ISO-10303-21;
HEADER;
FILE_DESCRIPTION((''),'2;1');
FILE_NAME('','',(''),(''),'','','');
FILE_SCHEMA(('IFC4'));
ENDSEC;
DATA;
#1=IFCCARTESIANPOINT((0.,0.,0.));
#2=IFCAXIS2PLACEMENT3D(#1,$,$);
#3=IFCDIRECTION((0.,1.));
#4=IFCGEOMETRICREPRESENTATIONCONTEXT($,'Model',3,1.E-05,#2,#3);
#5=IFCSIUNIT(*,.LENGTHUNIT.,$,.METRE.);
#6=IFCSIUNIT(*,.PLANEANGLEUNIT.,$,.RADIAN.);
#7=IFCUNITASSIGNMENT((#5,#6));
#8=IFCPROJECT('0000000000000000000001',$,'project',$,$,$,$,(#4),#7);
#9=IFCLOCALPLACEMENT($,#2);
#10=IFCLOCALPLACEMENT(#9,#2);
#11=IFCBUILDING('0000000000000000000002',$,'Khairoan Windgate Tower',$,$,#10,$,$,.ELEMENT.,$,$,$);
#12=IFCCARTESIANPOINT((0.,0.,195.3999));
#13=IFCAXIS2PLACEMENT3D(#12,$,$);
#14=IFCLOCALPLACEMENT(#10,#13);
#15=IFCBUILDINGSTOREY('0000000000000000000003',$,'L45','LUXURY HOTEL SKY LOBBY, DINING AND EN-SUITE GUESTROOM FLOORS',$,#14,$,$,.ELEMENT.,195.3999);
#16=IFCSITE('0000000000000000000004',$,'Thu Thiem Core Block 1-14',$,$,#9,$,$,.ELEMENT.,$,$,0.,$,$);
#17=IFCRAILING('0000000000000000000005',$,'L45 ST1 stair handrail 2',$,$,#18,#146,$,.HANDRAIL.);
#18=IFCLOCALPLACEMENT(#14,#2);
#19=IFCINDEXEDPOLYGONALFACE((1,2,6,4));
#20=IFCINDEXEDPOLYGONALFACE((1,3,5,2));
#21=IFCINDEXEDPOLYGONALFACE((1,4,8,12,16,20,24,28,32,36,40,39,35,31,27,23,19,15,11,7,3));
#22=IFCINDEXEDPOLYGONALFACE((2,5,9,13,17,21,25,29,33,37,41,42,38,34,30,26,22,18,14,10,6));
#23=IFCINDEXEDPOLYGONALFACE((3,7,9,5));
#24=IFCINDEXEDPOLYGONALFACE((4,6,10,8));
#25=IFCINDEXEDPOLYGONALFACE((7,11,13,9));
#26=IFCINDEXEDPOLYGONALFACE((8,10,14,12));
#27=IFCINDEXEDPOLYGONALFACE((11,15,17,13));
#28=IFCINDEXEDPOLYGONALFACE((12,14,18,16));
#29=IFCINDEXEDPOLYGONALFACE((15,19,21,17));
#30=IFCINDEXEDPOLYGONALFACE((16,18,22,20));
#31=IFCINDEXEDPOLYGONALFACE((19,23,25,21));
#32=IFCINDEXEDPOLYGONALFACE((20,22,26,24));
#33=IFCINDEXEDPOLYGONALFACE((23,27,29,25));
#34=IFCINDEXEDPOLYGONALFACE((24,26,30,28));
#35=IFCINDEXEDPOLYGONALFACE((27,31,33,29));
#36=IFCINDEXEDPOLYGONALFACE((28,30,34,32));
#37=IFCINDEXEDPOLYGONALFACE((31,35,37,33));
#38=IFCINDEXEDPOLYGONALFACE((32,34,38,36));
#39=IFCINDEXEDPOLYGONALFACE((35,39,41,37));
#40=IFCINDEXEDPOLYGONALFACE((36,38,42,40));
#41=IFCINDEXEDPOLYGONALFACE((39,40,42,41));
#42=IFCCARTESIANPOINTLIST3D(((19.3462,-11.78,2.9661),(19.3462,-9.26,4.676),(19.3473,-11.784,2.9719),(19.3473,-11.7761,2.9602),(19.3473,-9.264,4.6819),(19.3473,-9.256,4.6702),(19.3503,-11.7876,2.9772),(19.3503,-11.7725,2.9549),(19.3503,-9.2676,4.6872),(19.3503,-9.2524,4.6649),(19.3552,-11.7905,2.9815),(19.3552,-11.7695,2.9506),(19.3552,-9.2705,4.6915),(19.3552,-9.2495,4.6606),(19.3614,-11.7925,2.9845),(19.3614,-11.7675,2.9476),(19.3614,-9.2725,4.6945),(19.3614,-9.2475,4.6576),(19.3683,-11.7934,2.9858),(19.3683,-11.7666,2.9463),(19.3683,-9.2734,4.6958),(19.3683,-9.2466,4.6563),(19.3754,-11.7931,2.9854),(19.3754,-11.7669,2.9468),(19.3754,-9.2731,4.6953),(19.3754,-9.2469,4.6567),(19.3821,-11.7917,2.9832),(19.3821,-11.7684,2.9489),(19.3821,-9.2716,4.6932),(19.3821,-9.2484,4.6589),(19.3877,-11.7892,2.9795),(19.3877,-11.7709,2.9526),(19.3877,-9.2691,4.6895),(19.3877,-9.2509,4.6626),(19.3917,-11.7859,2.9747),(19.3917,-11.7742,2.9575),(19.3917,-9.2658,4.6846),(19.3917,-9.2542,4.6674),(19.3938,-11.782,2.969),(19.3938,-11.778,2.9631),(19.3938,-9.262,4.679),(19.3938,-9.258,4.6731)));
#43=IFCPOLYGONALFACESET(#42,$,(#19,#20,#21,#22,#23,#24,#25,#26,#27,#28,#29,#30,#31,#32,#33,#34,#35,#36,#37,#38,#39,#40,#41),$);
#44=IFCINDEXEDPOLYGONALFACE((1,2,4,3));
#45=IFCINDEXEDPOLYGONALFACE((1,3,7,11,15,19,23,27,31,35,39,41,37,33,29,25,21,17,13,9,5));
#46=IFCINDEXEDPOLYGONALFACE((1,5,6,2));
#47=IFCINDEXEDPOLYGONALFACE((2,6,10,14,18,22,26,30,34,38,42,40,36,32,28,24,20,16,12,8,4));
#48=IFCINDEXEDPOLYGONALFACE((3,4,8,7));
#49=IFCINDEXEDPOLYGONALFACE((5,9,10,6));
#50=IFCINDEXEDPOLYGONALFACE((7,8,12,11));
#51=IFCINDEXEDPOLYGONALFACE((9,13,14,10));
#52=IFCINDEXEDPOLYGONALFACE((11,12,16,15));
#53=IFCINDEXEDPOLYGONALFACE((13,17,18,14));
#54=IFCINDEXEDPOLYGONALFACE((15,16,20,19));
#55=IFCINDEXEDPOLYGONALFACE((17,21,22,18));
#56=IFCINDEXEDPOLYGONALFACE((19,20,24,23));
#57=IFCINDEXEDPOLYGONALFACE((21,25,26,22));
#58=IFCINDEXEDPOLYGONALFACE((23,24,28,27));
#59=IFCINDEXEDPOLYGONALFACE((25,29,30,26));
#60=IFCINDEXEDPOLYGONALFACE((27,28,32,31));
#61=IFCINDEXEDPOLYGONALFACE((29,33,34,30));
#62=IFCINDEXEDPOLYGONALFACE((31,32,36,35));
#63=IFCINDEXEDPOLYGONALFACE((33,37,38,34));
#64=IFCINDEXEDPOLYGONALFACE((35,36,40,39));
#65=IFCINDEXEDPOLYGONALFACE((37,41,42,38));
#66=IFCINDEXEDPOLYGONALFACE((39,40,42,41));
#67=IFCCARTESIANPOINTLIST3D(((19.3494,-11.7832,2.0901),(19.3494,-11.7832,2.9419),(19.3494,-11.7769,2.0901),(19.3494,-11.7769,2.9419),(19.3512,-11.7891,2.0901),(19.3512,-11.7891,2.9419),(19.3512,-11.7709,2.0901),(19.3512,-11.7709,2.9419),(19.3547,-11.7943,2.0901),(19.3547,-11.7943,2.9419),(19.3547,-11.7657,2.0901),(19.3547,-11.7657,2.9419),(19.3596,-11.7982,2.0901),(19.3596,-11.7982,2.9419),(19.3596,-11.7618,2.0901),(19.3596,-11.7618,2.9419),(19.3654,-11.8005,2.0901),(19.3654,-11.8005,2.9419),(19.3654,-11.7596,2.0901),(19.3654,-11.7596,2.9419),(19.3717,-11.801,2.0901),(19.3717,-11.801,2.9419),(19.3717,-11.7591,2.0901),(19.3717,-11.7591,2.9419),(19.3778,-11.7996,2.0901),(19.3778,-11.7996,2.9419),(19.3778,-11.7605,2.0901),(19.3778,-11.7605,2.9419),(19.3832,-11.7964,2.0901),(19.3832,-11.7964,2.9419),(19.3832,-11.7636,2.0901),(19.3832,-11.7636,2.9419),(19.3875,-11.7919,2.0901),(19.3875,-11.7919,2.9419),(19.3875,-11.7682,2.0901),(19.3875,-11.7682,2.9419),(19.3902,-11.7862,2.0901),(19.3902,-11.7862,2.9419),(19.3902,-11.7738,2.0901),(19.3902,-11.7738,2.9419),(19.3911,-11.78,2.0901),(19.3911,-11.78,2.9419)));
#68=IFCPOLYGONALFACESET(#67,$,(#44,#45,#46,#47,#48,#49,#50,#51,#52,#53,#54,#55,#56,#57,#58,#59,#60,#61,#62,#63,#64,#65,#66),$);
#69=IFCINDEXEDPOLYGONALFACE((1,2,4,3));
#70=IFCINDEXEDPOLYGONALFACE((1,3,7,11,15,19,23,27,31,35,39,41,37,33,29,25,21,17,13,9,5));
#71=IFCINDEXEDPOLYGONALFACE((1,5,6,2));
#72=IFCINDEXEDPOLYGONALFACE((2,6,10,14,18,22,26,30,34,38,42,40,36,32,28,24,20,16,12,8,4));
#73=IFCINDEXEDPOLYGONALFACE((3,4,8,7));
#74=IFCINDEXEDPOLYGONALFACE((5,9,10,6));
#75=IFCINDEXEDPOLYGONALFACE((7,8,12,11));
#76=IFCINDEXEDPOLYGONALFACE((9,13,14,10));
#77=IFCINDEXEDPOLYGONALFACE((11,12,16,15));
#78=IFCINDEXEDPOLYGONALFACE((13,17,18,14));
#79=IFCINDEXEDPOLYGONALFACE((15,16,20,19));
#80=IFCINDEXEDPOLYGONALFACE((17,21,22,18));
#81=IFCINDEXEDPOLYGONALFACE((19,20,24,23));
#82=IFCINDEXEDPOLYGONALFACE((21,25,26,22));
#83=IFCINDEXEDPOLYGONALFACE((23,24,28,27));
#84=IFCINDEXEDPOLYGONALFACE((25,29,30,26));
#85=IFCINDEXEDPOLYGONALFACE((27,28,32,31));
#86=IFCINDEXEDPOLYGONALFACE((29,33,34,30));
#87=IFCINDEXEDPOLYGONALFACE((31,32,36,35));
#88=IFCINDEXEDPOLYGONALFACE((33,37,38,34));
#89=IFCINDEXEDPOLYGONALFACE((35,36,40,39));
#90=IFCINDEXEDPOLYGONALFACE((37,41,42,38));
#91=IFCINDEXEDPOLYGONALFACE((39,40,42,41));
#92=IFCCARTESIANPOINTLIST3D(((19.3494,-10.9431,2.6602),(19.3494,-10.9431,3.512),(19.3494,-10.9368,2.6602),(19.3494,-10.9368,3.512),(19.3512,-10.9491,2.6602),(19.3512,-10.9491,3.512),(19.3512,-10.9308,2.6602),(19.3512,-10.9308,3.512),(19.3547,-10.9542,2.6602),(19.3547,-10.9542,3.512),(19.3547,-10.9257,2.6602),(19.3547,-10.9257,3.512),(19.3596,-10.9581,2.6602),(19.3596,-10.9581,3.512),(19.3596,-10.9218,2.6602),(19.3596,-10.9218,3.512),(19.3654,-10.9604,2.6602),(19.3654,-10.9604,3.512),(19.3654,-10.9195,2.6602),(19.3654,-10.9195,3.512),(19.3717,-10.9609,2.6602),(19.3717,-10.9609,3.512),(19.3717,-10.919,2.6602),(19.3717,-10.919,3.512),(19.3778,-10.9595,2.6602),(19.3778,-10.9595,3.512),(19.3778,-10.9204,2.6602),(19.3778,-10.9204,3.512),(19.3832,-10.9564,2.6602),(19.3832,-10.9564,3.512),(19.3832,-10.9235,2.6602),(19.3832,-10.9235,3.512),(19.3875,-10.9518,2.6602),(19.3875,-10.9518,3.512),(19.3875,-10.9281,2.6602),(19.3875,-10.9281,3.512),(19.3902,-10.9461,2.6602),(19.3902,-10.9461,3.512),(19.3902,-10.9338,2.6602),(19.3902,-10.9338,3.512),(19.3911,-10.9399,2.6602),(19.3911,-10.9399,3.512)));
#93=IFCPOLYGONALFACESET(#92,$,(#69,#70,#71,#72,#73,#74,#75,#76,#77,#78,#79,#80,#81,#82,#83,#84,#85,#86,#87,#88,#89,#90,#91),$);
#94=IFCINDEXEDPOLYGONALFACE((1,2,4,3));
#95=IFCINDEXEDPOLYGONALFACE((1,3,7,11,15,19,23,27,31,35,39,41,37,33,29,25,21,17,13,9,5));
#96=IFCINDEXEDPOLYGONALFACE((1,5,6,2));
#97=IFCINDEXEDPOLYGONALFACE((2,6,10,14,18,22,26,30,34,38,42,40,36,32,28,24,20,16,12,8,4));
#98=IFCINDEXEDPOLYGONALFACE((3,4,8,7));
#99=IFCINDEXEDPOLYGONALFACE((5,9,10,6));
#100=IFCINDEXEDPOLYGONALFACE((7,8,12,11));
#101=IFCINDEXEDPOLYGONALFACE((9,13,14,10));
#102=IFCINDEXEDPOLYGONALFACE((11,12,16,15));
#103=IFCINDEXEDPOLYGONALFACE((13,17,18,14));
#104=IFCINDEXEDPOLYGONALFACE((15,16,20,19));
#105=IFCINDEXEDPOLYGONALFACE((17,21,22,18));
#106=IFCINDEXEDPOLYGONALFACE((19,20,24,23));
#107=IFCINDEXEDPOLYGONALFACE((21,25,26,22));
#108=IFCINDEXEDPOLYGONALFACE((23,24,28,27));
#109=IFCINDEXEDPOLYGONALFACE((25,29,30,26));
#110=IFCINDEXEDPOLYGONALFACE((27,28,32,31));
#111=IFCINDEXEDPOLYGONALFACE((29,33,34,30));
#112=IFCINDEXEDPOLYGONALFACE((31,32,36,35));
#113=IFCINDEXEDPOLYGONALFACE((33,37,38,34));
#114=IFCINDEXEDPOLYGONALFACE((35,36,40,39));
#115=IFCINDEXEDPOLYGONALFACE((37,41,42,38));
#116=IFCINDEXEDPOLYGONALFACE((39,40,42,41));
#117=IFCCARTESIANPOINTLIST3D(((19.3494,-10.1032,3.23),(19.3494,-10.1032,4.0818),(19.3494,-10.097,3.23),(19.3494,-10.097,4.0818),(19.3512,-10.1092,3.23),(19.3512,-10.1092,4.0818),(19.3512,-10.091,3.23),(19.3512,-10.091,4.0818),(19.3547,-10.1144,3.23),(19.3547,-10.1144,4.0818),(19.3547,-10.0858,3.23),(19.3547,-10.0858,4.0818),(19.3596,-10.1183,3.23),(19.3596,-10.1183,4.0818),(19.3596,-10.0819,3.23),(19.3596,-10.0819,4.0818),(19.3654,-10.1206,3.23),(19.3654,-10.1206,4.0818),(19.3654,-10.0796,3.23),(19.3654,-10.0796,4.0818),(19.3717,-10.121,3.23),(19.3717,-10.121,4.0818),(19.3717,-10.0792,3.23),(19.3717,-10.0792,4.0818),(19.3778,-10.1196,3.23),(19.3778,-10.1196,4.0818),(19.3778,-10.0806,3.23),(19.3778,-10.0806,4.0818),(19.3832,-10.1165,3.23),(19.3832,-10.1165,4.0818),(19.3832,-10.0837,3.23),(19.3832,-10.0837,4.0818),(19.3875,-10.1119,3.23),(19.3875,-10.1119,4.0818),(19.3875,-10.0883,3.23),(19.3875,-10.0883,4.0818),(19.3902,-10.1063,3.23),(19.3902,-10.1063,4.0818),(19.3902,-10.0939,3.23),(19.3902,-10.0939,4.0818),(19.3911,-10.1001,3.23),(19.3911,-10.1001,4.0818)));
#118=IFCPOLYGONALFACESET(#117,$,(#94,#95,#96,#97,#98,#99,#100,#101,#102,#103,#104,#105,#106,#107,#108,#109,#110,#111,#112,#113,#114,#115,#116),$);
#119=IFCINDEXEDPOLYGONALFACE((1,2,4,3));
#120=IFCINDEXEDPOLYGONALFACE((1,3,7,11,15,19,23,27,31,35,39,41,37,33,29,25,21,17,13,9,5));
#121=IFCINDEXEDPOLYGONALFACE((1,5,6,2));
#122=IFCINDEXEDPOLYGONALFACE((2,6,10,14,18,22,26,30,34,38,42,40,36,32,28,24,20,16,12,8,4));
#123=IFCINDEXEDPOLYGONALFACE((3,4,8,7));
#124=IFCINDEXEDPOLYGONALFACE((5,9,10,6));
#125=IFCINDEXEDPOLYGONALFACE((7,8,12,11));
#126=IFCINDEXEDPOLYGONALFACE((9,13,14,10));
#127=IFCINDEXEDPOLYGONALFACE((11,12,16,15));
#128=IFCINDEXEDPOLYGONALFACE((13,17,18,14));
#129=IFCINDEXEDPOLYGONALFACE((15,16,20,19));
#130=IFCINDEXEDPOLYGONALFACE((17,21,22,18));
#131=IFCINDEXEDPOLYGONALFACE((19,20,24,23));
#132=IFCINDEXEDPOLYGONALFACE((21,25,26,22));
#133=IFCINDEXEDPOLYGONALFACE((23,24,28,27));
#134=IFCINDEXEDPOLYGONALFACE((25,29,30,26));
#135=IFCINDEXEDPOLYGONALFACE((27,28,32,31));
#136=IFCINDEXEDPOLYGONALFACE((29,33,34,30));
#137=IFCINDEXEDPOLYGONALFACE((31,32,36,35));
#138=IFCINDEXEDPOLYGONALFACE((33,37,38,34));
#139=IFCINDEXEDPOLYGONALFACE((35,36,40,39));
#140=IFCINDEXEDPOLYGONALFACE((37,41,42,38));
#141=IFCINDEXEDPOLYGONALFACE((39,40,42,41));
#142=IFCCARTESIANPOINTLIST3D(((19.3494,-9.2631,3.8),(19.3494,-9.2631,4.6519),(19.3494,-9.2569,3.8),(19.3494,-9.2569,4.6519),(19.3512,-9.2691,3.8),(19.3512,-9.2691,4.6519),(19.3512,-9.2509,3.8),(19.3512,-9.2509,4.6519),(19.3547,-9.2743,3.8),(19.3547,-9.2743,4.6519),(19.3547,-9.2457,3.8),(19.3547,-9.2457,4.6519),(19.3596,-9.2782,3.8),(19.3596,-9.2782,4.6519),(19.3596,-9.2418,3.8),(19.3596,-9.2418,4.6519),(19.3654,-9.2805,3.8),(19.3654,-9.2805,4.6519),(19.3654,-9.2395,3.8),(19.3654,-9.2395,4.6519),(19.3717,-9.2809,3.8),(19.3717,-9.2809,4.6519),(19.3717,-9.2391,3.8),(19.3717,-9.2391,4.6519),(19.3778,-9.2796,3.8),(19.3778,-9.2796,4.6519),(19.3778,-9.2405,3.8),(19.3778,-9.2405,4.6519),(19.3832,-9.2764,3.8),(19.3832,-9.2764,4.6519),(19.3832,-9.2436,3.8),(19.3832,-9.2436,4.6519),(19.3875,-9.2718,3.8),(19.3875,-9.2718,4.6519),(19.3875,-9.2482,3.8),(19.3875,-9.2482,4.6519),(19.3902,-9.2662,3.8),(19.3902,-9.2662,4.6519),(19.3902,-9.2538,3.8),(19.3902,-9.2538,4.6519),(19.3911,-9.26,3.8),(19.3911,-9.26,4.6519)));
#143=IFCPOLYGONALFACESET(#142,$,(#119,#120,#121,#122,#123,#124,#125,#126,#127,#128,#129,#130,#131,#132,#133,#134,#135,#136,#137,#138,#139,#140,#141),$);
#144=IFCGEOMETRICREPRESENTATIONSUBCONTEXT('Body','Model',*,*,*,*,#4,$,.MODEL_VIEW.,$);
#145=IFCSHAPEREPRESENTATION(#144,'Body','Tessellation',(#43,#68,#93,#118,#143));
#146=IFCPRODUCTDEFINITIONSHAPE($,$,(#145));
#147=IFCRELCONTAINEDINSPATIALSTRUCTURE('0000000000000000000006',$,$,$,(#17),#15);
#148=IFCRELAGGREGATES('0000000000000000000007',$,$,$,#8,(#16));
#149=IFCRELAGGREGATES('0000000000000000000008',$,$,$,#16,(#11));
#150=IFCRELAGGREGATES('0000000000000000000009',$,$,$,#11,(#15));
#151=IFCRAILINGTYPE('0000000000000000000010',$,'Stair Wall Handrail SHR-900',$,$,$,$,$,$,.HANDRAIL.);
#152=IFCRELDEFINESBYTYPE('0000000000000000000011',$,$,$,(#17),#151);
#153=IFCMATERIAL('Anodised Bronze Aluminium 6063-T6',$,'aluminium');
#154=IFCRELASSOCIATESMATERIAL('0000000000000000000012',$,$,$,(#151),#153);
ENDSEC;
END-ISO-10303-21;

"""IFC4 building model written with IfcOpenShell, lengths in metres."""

from ifc_helpers import new_model, si_unit, direction, frame, origin, origin_2d, place, context, subcontext, project, spatial, circle, extrude, material, type_object, element, save


model = new_model("IFC4")

# Units and contexts
model_context = context("Model", 3, precision=1e-05, world=origin(), true_north=direction((0.0, 1.0)))
body_context = subcontext(model_context, "Body", "Model", "MODEL_VIEW")
ifc_project = project(units=[si_unit("LENGTHUNIT", "METRE"), si_unit("PLANEANGLEUNIT", "RADIAN")], contexts=[model_context])

# Site, building, storey
site_placement = place(None, origin())
site = spatial("IfcSite", under=ifc_project, at=site_placement, Name="Thu Thiem Core Block 1-14", CompositionType="ELEMENT", RefElevation=0.0)
building_placement = place(site_placement, origin())
building = spatial("IfcBuilding", under=site, at=building_placement, Name="Khairoan Windgate Tower", CompositionType="ELEMENT")
storey_placement = place(building_placement, frame((0.0, 0.0, 195.3999)))
storey = spatial("IfcBuildingStorey", under=building, at=storey_placement, Name="L45", Description="LUXURY HOTEL SKY LOBBY, DINING AND EN-SUITE GUESTROOM FLOORS", CompositionType="ELEMENT", Elevation=195.3999)

# Railing
ifc_material_1 = material(Name="Anodised Bronze Aluminium 6063-T6", Category="aluminium")
railing_type_1 = type_object("IfcRailingType", Name="Stair Wall Handrail SHR-900", PredefinedType="HANDRAIL", material=ifc_material_1)
railing_1_placement = place(storey_placement, frame((19.3701, -11.78, 2.0901)))
element("IfcRailing", 1, at=railing_1_placement, inside=storey, type_object=railing_type_1, Name="L45 ST1 stair handrail 2", PredefinedType="HANDRAIL", context=body_context, shape_type="SweptSolid", body=[
    extrude(circle(Radius=0.0239, at=origin_2d()), frame((0.0, 0.0, 0.876), z_axis=(0.0, 0.827484, 0.56149), x_axis=(-1.0, 0.0, 0.0)), (0.0, 0.0, 1.0), 3.0454),
    extrude(circle(Radius=0.021, at=origin_2d()), origin(), (0.0, 0.0, 1.0), 0.8518),
    extrude(circle(Radius=0.021, at=origin_2d()), frame((0.0, 0.8401, 0.5701)), (0.0, 0.0, 1.0), 0.8518),
    extrude(circle(Radius=0.021, at=origin_2d()), frame((0.0, 1.6799, 1.1399)), (0.0, 0.0, 1.0), 0.8518),
    extrude(circle(Radius=0.021, at=origin_2d()), frame((0.0, 2.52, 1.71)), (0.0, 0.0, 1.0), 0.8518),
])

save(model, "model.ifc")
